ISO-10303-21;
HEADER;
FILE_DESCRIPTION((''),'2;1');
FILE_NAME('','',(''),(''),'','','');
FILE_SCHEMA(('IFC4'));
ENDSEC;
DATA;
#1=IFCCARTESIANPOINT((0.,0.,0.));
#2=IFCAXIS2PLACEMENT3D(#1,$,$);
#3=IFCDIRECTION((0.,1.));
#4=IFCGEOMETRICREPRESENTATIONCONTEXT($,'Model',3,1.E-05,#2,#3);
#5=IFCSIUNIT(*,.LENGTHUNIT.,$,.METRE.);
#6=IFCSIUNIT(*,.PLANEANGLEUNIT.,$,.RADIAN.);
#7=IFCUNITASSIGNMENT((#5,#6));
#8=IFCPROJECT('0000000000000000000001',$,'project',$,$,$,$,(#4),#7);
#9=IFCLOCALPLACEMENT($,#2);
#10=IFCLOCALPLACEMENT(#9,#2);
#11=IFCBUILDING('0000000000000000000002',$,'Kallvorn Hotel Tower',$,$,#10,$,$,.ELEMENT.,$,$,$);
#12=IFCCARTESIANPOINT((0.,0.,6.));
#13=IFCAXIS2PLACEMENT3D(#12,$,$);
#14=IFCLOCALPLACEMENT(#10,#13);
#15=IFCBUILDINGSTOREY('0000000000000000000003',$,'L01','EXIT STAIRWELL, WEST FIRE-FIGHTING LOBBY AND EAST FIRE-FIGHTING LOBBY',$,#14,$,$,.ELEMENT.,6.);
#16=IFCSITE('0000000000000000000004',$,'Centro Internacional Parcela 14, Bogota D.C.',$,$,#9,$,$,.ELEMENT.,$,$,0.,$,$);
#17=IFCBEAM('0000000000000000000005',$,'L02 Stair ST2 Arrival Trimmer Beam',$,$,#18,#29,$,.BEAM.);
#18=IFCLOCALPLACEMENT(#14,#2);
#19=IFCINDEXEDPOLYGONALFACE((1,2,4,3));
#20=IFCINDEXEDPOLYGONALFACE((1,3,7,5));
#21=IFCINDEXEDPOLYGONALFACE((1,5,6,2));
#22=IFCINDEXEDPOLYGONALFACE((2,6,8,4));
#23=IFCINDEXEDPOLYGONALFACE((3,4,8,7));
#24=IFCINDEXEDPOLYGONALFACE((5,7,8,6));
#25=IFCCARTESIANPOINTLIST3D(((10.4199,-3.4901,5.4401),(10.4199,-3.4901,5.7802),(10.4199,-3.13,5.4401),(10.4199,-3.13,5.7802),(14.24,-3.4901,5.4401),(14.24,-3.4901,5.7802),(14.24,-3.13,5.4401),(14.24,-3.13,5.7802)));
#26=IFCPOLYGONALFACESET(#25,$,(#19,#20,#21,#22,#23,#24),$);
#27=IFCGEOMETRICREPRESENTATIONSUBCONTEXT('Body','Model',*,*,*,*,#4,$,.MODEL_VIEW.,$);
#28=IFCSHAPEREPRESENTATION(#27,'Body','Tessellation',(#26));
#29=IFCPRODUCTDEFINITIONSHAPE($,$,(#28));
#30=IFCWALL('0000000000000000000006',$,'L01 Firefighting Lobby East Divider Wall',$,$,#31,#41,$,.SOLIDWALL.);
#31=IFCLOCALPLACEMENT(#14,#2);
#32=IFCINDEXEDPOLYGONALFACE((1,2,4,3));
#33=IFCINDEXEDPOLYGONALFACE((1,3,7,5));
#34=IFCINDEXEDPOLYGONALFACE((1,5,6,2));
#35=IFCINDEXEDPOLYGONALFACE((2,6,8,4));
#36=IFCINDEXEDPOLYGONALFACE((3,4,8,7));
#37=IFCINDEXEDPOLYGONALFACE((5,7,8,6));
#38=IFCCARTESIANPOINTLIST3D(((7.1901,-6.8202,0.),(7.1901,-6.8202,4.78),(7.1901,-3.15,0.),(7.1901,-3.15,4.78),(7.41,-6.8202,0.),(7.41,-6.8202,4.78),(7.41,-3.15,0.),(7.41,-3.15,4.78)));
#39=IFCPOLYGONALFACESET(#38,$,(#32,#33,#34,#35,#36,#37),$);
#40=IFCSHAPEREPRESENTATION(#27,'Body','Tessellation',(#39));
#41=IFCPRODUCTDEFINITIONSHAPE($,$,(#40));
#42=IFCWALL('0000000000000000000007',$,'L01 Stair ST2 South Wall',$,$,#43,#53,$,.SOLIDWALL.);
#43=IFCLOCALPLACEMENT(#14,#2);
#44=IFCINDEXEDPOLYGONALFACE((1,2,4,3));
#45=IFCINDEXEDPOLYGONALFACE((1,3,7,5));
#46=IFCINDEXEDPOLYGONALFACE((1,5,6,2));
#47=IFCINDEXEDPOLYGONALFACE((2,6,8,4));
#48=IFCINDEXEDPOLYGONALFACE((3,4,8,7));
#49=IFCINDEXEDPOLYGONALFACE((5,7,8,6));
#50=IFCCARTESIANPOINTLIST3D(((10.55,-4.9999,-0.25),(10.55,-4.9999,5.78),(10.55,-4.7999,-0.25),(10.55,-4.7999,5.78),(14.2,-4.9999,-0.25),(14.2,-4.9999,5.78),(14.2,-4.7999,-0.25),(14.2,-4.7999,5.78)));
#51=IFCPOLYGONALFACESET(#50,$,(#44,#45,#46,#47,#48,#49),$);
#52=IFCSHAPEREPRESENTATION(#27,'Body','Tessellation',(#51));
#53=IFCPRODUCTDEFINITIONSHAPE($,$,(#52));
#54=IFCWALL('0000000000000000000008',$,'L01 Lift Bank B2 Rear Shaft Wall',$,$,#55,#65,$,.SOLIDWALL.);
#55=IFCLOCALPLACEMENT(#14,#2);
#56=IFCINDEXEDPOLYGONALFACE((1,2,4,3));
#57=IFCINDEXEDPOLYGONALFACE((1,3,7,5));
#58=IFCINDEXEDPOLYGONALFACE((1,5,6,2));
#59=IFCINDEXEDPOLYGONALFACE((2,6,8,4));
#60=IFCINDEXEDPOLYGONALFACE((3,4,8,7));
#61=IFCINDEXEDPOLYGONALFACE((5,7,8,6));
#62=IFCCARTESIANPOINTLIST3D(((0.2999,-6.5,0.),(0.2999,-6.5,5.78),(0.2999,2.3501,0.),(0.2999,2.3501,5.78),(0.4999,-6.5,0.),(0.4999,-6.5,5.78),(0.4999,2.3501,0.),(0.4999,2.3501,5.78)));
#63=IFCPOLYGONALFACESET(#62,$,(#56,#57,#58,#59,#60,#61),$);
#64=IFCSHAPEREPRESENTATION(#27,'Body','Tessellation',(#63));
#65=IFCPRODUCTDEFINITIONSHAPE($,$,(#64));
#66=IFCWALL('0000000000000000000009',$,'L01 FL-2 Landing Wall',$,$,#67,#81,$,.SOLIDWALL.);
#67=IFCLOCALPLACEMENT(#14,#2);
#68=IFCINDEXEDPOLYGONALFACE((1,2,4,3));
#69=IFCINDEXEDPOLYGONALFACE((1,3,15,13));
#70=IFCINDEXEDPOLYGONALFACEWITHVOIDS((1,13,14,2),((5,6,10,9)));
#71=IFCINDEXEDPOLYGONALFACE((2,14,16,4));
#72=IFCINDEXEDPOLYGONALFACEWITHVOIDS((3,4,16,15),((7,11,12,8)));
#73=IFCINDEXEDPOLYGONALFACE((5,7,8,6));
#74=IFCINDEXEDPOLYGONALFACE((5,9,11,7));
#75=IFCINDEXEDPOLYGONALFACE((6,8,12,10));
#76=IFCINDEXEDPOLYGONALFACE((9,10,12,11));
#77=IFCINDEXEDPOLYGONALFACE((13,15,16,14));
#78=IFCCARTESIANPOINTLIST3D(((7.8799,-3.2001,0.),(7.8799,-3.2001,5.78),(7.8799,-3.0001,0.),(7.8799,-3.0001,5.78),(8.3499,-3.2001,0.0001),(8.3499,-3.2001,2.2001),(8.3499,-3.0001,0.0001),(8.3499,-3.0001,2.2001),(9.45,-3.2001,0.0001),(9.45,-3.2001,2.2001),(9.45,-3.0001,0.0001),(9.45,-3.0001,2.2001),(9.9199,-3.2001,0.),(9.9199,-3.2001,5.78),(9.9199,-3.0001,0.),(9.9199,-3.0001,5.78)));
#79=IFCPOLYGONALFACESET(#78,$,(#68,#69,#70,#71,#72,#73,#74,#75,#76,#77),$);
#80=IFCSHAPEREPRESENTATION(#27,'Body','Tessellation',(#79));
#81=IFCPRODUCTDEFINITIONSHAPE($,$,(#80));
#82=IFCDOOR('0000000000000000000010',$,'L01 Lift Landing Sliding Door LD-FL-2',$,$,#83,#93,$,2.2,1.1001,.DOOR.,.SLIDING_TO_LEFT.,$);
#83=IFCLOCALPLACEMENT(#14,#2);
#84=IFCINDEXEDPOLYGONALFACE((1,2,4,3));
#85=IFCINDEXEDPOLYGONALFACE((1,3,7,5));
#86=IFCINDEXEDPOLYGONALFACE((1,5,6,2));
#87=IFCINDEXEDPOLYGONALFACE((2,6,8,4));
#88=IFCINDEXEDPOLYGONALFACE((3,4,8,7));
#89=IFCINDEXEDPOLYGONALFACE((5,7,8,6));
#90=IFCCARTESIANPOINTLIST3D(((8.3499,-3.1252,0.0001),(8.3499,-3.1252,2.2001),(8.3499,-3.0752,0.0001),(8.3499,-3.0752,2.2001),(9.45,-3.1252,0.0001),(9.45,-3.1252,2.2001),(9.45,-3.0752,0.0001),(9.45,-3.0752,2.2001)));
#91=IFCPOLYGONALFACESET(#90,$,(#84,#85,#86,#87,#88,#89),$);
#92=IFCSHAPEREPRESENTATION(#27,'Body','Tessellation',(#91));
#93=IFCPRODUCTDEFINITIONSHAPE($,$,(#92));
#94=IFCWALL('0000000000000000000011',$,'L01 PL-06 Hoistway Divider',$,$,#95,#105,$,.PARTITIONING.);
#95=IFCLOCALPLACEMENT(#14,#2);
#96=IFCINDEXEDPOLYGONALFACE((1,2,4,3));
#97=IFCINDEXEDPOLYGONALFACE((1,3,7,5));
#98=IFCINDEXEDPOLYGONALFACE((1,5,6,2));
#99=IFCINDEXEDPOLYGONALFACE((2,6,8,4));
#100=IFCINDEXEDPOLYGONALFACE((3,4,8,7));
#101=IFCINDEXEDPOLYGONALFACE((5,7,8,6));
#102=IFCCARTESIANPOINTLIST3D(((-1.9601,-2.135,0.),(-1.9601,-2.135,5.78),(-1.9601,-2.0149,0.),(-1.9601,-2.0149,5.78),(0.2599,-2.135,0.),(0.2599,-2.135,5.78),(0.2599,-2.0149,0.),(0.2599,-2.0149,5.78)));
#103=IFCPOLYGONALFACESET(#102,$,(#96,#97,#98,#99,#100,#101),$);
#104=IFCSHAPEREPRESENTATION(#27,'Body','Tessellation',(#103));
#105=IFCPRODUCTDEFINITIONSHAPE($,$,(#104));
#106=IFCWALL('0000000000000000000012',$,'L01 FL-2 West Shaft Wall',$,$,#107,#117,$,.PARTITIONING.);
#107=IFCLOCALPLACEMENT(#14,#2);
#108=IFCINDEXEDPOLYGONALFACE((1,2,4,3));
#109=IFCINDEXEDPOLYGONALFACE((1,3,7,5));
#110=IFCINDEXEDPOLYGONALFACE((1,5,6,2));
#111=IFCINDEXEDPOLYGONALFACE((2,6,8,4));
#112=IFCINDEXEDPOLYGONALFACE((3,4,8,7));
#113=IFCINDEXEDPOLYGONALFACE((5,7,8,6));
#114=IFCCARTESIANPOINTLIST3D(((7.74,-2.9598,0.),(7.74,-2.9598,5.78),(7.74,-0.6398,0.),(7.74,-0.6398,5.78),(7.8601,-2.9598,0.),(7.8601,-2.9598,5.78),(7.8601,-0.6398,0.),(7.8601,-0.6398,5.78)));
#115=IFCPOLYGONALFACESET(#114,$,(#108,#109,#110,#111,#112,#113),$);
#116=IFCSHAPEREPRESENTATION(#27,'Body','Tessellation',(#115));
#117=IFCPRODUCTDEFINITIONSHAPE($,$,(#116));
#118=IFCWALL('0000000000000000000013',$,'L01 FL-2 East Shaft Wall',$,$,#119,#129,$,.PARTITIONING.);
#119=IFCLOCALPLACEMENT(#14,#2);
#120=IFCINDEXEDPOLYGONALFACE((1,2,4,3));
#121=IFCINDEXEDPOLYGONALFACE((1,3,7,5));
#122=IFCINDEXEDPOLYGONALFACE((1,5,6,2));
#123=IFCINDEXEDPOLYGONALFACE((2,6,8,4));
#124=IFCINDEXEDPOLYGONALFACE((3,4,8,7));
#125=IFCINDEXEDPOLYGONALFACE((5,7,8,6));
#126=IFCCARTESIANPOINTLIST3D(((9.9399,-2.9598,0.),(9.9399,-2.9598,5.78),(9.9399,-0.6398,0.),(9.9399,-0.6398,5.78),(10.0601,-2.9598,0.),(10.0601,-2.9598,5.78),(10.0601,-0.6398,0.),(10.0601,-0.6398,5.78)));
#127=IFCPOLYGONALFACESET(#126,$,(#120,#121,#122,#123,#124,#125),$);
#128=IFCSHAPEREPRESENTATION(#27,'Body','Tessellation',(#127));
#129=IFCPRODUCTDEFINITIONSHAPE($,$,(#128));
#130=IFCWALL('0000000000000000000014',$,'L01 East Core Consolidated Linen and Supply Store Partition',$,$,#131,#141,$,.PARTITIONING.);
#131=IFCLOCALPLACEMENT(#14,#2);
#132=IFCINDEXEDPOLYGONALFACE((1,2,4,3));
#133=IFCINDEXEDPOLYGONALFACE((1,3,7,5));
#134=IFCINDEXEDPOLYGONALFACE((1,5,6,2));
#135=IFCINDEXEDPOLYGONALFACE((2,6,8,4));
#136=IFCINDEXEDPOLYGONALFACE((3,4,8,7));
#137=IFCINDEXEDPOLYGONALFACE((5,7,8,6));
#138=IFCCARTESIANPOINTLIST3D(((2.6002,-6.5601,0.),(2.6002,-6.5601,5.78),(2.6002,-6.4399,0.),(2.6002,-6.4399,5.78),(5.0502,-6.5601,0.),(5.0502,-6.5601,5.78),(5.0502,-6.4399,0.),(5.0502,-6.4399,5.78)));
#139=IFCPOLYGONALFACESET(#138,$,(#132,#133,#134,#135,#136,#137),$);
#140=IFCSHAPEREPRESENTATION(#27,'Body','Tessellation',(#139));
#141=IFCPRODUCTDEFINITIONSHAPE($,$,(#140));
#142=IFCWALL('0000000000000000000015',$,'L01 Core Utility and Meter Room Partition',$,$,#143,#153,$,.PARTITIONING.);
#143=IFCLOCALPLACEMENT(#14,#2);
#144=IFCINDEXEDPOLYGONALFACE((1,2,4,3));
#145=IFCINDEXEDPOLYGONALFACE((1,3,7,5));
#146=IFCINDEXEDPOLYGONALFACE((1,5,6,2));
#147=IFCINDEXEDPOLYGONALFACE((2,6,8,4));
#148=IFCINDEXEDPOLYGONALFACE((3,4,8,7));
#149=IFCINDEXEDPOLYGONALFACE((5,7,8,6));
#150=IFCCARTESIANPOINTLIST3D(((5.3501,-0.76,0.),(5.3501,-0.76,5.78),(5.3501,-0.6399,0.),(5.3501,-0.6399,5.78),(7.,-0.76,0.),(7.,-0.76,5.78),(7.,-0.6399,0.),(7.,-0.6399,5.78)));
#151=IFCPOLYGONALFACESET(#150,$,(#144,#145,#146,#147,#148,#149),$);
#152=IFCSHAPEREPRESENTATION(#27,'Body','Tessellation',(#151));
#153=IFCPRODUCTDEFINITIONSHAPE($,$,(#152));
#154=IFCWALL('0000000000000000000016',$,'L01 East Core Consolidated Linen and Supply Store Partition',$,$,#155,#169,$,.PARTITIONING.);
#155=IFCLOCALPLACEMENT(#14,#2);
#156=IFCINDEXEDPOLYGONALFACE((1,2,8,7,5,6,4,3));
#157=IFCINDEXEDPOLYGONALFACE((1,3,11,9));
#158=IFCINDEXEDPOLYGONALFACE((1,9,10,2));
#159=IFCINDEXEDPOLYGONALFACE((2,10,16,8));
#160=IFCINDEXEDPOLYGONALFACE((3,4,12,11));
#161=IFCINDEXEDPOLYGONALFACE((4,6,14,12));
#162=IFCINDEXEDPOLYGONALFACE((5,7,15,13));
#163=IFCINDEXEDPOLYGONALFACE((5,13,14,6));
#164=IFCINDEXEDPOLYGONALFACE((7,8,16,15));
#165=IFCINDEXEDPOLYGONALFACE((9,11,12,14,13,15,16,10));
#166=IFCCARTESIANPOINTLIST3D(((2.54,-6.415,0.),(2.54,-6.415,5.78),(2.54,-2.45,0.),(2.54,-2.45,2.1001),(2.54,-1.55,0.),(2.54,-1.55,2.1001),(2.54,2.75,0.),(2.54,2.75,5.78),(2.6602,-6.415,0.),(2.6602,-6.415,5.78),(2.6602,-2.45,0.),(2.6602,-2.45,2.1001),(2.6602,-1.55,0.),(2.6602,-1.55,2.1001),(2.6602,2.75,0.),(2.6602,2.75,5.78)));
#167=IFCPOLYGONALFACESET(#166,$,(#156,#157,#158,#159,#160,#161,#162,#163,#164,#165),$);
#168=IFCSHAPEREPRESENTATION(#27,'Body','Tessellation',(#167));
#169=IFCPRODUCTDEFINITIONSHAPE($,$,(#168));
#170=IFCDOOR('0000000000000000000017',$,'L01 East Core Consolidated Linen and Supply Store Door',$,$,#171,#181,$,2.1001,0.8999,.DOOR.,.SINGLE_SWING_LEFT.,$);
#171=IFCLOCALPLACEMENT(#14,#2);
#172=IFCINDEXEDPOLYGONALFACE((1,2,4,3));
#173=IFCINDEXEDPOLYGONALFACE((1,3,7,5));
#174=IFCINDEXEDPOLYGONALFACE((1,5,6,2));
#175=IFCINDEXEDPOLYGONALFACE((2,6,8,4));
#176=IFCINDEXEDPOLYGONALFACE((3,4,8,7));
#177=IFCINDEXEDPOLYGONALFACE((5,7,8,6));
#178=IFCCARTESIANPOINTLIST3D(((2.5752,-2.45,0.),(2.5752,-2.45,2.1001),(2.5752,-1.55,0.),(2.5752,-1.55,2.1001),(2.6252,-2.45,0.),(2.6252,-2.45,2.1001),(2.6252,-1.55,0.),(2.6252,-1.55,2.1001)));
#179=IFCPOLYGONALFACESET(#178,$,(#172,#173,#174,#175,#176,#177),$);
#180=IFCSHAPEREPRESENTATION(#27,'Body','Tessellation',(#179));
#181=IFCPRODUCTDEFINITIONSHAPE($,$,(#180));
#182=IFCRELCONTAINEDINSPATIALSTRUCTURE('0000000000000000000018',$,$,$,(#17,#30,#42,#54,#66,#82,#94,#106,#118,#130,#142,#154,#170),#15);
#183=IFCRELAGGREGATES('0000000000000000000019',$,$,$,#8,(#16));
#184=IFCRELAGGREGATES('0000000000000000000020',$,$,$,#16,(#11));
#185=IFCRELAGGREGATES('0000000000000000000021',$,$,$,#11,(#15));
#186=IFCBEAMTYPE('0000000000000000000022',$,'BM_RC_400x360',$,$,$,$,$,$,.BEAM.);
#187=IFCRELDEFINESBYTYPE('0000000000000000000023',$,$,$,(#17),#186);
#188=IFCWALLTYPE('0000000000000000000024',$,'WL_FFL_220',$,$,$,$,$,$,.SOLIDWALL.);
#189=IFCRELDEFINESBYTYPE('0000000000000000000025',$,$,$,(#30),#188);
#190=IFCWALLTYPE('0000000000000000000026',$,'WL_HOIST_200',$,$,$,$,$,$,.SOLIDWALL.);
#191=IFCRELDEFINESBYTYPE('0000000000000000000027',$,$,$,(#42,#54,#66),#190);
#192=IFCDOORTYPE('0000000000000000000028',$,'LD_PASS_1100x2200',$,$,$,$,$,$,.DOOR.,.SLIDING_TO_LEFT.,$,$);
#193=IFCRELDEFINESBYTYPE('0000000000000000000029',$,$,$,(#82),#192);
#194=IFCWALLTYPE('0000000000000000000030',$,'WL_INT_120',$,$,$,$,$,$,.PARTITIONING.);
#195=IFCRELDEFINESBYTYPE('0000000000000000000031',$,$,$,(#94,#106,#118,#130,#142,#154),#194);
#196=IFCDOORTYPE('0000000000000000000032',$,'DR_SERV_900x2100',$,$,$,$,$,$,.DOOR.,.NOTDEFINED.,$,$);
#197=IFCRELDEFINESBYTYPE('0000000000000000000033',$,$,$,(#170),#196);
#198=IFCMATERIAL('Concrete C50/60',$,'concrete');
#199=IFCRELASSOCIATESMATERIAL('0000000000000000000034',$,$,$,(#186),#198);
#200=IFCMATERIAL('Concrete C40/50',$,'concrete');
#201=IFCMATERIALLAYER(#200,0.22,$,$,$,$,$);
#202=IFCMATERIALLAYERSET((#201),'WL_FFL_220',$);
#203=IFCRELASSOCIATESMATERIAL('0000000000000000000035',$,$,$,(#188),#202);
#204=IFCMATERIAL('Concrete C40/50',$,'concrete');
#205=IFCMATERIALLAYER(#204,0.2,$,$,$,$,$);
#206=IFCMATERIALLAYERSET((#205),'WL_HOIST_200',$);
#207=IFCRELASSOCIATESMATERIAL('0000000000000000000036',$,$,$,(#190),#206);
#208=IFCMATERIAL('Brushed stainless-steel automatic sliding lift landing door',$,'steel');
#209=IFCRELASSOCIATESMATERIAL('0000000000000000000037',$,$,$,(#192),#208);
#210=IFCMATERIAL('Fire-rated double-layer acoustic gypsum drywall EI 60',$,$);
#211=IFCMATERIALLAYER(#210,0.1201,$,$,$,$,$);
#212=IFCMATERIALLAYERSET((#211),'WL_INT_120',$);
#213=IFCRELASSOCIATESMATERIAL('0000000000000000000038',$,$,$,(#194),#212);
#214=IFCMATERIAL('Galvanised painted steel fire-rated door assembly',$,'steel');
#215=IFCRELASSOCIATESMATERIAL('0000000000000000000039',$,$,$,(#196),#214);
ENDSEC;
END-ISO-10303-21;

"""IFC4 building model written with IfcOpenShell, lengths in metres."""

from ifc_helpers import new_model, si_unit, direction, frame, frame_2d, origin, origin_2d, place, context, subcontext, project, spatial, rectangle, extrude, material, layer, layer_set, material_profile, profile_set, type_object, element, fill, save


model = new_model("IFC4")

# Units and contexts
model_context = context("Model", 3, precision=1e-05, world=origin(), true_north=direction((0.0, 1.0)))
body_context = subcontext(model_context, "Body", "Model", "MODEL_VIEW")
ifc_project = project(units=[si_unit("LENGTHUNIT", "METRE"), si_unit("PLANEANGLEUNIT", "RADIAN")], contexts=[model_context])

# Site, building, storey
site_placement = place(None, origin())
site = spatial("IfcSite", under=ifc_project, at=site_placement, Name="Centro Internacional Parcela 14, Bogota D.C.", CompositionType="ELEMENT", RefElevation=0.0)
building_placement = place(site_placement, origin())
building = spatial("IfcBuilding", under=site, at=building_placement, Name="Kallvorn Hotel Tower", CompositionType="ELEMENT")
storey_placement = place(building_placement, frame((0.0, 0.0, 6.0)))
storey = spatial("IfcBuildingStorey", under=building, at=storey_placement, Name="L01", Description="EXIT STAIRWELL, WEST FIRE-FIGHTING LOBBY AND EAST FIRE-FIGHTING LOBBY", CompositionType="ELEMENT", Elevation=6.0)

# Beam
ifc_material_1 = material(Name="Concrete C50/60", Category="concrete")
ifc_material_profile = material_profile(ifc_material_1, rectangle(XDim=0.3601, YDim=0.3401, at=origin_2d()), Name="RC 360x340")
ifc_profile_set = profile_set([ifc_material_profile], Name="Concrete C50/60")
beam_type = type_object("IfcBeamType", Name="BM_RC_400x360", PredefinedType="BEAM", material=ifc_profile_set)
beam_placement = place(storey_placement, frame((14.24, -3.3101, 5.6101), z_axis=(-1.0, 0.0, 0.0), x_axis=(0.0, -1.0, 0.0)))
element("IfcBeam", 1, at=beam_placement, inside=storey, type_object=beam_type, Name="L02 Stair ST2 Arrival Trimmer Beam", PredefinedType="BEAM", context=body_context, shape_type="SweptSolid", body=[
    extrude(rectangle(XDim=0.3601, YDim=0.3401, at=origin_2d()), origin(), (0.0, 0.0, 1.0), 3.8201),
])

# Walls
ifc_material_2 = material(Name="Concrete C40/50", Category="concrete")
ifc_layer_1 = layer(ifc_material_2, 0.22)
ifc_layer_set_1 = layer_set([ifc_layer_1], Name="WL_FFL_220")
wall_type_1 = type_object("IfcWallType", Name="WL_FFL_220", PredefinedType="SOLIDWALL", material=ifc_layer_set_1)
wall_1_placement = place(storey_placement, frame((7.3, -6.8201, 0.0), z_axis=(0.0, 0.0, 1.0), x_axis=(0.0, 1.0, 0.0)))
element("IfcWall", 2, at=wall_1_placement, inside=storey, type_object=wall_type_1, Name="L01 Firefighting Lobby East Divider Wall", PredefinedType="SOLIDWALL", context=body_context, shape_type="SweptSolid", body=[
    extrude(rectangle(XDim=3.6702, YDim=0.22, at=frame_2d((1.835, 0.0))), origin(), (0.0, 0.0, 1.0), 4.78),
])
ifc_material_3 = material(Name="Concrete C40/50", Category="concrete")
ifc_layer_2 = layer(ifc_material_3, 0.2)
ifc_layer_set_2 = layer_set([ifc_layer_2], Name="WL_HOIST_200")
wall_type_2 = type_object("IfcWallType", Name="WL_HOIST_200", PredefinedType="SOLIDWALL", material=ifc_layer_set_2)
wall_2_placement = place(storey_placement, frame((10.55, -4.8999, -0.25), z_axis=(0.0, 0.0, 1.0), x_axis=(1.0, 0.0, 0.0)))
element("IfcWall", 3, at=wall_2_placement, inside=storey, type_object=wall_type_2, Name="L01 Stair ST2 South Wall", PredefinedType="SOLIDWALL", context=body_context, shape_type="SweptSolid", body=[
    extrude(rectangle(XDim=3.6499, YDim=0.2, at=frame_2d((1.825, 0.0))), origin(), (0.0, 0.0, 1.0), 6.03),
])
wall_3_placement = place(storey_placement, frame((0.3999, -6.5, 0.0), z_axis=(0.0, 0.0, 1.0), x_axis=(0.0, 1.0, 0.0)))
element("IfcWall", 4, at=wall_3_placement, inside=storey, type_object=wall_type_2, Name="L01 Lift Bank B2 Rear Shaft Wall", PredefinedType="SOLIDWALL", context=body_context, shape_type="SweptSolid", body=[
    extrude(rectangle(XDim=8.8501, YDim=0.2, at=frame_2d((4.425, 0.0))), origin(), (0.0, 0.0, 1.0), 5.78),
])

# Wall, opening, door
wall_4_placement = place(storey_placement, frame((7.8799, -3.1001, 0.0), z_axis=(0.0, 0.0, 1.0), x_axis=(1.0, 0.0, 0.0)))
wall_4 = element("IfcWall", 5, at=wall_4_placement, inside=storey, type_object=wall_type_2, Name="L01 FL-2 Landing Wall", PredefinedType="SOLIDWALL", context=body_context, shape_type="SweptSolid", body=[
    extrude(rectangle(XDim=2.04, YDim=0.2, at=frame_2d((1.02, 0.0))), origin(), (0.0, 0.0, 1.0), 5.78),
])
opening_1_placement = place(wall_4_placement, frame((0.47, 0.0, 0.0)))
opening_1 = element("IfcOpeningElement", 6, at=opening_1_placement, cuts=wall_4, PredefinedType="OPENING", context=body_context, shape_type="SweptSolid", body=[
    extrude(rectangle(XDim=1.1001, YDim=2.2, at=frame_2d((0.55, 1.1001))), frame((0.0, 0.115, 0.0), z_axis=(0.0, -1.0, 0.0), x_axis=(1.0, 0.0, 0.0)), (0.0, 0.0, 1.0), 0.23),
])
ifc_material_4 = material(Name="Brushed stainless-steel automatic sliding lift landing door", Category="steel")
door_type_1 = type_object("IfcDoorType", Name="LD_PASS_1100x2200", OperationType="SLIDING_TO_LEFT", PredefinedType="DOOR", material=ifc_material_4)
door_1_placement = place(opening_1_placement, origin())
door_1 = element("IfcDoor", 7, at=door_1_placement, inside=storey, type_object=door_type_1, Name="L01 Lift Landing Sliding Door LD-FL-2", OperationType="SLIDING_TO_LEFT", OverallHeight=2.2, OverallWidth=1.1001, PredefinedType="DOOR", context=body_context, shape_type="SweptSolid", body=[
    extrude(rectangle(XDim=1.1001, YDim=2.2, at=frame_2d((0.55, 1.1001))), frame((0.0, 0.0249, 0.0), z_axis=(0.0, -1.0, 0.0), x_axis=(1.0, 0.0, 0.0)), (0.0, 0.0, 1.0), 0.05),
])
fill(opening_1, door_1)

# Walls
ifc_material_5 = material(Name="Fire-rated double-layer acoustic gypsum drywall EI 60")
ifc_layer_3 = layer(ifc_material_5, 0.1201)
ifc_layer_set_3 = layer_set([ifc_layer_3], Name="WL_INT_120")
wall_type_3 = type_object("IfcWallType", Name="WL_INT_120", PredefinedType="PARTITIONING", material=ifc_layer_set_3)
wall_5_placement = place(storey_placement, frame((-1.96, -2.075, 0.0), z_axis=(0.0, 0.0, 1.0), x_axis=(1.0, 0.0, 0.0)))
element("IfcWall", 8, at=wall_5_placement, inside=storey, type_object=wall_type_3, Name="L01 PL-06 Hoistway Divider", PredefinedType="PARTITIONING", context=body_context, shape_type="SweptSolid", body=[
    extrude(rectangle(XDim=2.22, YDim=0.1201, at=frame_2d((1.1099, 0.0))), origin(), (0.0, 0.0, 1.0), 5.78),
])
for number, where, z_axis, x_axis, name in (
    (9, (7.8, -2.96, 0.0), (0.0, 0.0, 1.0), (0.0, 1.0, 0.0), "L01 FL-2 West Shaft Wall"),
    (10, (10.0, -2.96, 0.0), (0.0, 0.0, 1.0), (0.0, 1.0, 0.0), "L01 FL-2 East Shaft Wall"),
):
    element("IfcWall", number, at=place(storey_placement, frame(where, z_axis=z_axis, x_axis=x_axis)), inside=storey, type_object=wall_type_3, Name=name, PredefinedType="PARTITIONING", context=body_context, shape_type="SweptSolid", body=[
        extrude(rectangle(XDim=2.3201, YDim=0.1201, at=frame_2d((1.1602, 0.0))), origin(), (0.0, 0.0, 1.0), 5.78),
    ])
wall_6_placement = place(storey_placement, frame((2.6001, -6.5, 0.0), z_axis=(0.0, 0.0, 1.0), x_axis=(1.0, 0.0, 0.0)))
element("IfcWall", 11, at=wall_6_placement, inside=storey, type_object=wall_type_3, Name="L01 East Core Consolidated Linen and Supply Store Partition", PredefinedType="PARTITIONING", context=body_context, shape_type="SweptSolid", body=[
    extrude(rectangle(XDim=2.45, YDim=0.1201, at=frame_2d((1.2251, 0.0))), origin(), (0.0, 0.0, 1.0), 5.78),
])
wall_7_placement = place(storey_placement, frame((5.3501, -0.7, 0.0), z_axis=(0.0, 0.0, 1.0), x_axis=(1.0, 0.0, 0.0)))
element("IfcWall", 12, at=wall_7_placement, inside=storey, type_object=wall_type_3, Name="L01 Core Utility and Meter Room Partition", PredefinedType="PARTITIONING", context=body_context, shape_type="SweptSolid", body=[
    extrude(rectangle(XDim=1.6499, YDim=0.1201, at=frame_2d((0.825, 0.0))), origin(), (0.0, 0.0, 1.0), 5.78),
])

# Wall, opening, door
wall_8_placement = place(storey_placement, frame((2.6001, -6.415, 0.0), z_axis=(0.0, 0.0, 1.0), x_axis=(0.0, 1.0, 0.0)))
wall_8 = element("IfcWall", 13, at=wall_8_placement, inside=storey, type_object=wall_type_3, Name="L01 East Core Consolidated Linen and Supply Store Partition", PredefinedType="PARTITIONING", context=body_context, shape_type="SweptSolid", body=[
    extrude(rectangle(XDim=9.165, YDim=0.1201, at=frame_2d((4.5825, 0.0))), origin(), (0.0, 0.0, 1.0), 5.78),
])
opening_2_placement = place(wall_8_placement, frame((3.9651, 0.0, 0.0)))
opening_2 = element("IfcOpeningElement", 14, at=opening_2_placement, cuts=wall_8, PredefinedType="OPENING", context=body_context, shape_type="SweptSolid", body=[
    extrude(rectangle(XDim=0.8999, YDim=2.1001, at=frame_2d((0.45, 1.05))), frame((0.0, 0.075, 0.0), z_axis=(0.0, -1.0, 0.0), x_axis=(1.0, 0.0, 0.0)), (0.0, 0.0, 1.0), 0.1501),
])
ifc_material_6 = material(Name="Galvanised painted steel fire-rated door assembly", Category="steel")
door_type_2 = type_object("IfcDoorType", Name="DR_SERV_900x2100", OperationType="NOTDEFINED", PredefinedType="DOOR", material=ifc_material_6)
door_2_placement = place(opening_2_placement, origin())
door_2 = element("IfcDoor", 15, at=door_2_placement, inside=storey, type_object=door_type_2, Name="L01 East Core Consolidated Linen and Supply Store Door", OperationType="SINGLE_SWING_LEFT", OverallHeight=2.1001, OverallWidth=0.8999, PredefinedType="DOOR", context=body_context, shape_type="SweptSolid", body=[
    extrude(rectangle(XDim=0.8999, YDim=2.1001, at=frame_2d((0.45, 1.05))), frame((0.0, 0.0249, 0.0), z_axis=(0.0, -1.0, 0.0), x_axis=(1.0, 0.0, 0.0)), (0.0, 0.0, 1.0), 0.05),
])
fill(opening_2, door_2)

save(model, "model.ifc")
